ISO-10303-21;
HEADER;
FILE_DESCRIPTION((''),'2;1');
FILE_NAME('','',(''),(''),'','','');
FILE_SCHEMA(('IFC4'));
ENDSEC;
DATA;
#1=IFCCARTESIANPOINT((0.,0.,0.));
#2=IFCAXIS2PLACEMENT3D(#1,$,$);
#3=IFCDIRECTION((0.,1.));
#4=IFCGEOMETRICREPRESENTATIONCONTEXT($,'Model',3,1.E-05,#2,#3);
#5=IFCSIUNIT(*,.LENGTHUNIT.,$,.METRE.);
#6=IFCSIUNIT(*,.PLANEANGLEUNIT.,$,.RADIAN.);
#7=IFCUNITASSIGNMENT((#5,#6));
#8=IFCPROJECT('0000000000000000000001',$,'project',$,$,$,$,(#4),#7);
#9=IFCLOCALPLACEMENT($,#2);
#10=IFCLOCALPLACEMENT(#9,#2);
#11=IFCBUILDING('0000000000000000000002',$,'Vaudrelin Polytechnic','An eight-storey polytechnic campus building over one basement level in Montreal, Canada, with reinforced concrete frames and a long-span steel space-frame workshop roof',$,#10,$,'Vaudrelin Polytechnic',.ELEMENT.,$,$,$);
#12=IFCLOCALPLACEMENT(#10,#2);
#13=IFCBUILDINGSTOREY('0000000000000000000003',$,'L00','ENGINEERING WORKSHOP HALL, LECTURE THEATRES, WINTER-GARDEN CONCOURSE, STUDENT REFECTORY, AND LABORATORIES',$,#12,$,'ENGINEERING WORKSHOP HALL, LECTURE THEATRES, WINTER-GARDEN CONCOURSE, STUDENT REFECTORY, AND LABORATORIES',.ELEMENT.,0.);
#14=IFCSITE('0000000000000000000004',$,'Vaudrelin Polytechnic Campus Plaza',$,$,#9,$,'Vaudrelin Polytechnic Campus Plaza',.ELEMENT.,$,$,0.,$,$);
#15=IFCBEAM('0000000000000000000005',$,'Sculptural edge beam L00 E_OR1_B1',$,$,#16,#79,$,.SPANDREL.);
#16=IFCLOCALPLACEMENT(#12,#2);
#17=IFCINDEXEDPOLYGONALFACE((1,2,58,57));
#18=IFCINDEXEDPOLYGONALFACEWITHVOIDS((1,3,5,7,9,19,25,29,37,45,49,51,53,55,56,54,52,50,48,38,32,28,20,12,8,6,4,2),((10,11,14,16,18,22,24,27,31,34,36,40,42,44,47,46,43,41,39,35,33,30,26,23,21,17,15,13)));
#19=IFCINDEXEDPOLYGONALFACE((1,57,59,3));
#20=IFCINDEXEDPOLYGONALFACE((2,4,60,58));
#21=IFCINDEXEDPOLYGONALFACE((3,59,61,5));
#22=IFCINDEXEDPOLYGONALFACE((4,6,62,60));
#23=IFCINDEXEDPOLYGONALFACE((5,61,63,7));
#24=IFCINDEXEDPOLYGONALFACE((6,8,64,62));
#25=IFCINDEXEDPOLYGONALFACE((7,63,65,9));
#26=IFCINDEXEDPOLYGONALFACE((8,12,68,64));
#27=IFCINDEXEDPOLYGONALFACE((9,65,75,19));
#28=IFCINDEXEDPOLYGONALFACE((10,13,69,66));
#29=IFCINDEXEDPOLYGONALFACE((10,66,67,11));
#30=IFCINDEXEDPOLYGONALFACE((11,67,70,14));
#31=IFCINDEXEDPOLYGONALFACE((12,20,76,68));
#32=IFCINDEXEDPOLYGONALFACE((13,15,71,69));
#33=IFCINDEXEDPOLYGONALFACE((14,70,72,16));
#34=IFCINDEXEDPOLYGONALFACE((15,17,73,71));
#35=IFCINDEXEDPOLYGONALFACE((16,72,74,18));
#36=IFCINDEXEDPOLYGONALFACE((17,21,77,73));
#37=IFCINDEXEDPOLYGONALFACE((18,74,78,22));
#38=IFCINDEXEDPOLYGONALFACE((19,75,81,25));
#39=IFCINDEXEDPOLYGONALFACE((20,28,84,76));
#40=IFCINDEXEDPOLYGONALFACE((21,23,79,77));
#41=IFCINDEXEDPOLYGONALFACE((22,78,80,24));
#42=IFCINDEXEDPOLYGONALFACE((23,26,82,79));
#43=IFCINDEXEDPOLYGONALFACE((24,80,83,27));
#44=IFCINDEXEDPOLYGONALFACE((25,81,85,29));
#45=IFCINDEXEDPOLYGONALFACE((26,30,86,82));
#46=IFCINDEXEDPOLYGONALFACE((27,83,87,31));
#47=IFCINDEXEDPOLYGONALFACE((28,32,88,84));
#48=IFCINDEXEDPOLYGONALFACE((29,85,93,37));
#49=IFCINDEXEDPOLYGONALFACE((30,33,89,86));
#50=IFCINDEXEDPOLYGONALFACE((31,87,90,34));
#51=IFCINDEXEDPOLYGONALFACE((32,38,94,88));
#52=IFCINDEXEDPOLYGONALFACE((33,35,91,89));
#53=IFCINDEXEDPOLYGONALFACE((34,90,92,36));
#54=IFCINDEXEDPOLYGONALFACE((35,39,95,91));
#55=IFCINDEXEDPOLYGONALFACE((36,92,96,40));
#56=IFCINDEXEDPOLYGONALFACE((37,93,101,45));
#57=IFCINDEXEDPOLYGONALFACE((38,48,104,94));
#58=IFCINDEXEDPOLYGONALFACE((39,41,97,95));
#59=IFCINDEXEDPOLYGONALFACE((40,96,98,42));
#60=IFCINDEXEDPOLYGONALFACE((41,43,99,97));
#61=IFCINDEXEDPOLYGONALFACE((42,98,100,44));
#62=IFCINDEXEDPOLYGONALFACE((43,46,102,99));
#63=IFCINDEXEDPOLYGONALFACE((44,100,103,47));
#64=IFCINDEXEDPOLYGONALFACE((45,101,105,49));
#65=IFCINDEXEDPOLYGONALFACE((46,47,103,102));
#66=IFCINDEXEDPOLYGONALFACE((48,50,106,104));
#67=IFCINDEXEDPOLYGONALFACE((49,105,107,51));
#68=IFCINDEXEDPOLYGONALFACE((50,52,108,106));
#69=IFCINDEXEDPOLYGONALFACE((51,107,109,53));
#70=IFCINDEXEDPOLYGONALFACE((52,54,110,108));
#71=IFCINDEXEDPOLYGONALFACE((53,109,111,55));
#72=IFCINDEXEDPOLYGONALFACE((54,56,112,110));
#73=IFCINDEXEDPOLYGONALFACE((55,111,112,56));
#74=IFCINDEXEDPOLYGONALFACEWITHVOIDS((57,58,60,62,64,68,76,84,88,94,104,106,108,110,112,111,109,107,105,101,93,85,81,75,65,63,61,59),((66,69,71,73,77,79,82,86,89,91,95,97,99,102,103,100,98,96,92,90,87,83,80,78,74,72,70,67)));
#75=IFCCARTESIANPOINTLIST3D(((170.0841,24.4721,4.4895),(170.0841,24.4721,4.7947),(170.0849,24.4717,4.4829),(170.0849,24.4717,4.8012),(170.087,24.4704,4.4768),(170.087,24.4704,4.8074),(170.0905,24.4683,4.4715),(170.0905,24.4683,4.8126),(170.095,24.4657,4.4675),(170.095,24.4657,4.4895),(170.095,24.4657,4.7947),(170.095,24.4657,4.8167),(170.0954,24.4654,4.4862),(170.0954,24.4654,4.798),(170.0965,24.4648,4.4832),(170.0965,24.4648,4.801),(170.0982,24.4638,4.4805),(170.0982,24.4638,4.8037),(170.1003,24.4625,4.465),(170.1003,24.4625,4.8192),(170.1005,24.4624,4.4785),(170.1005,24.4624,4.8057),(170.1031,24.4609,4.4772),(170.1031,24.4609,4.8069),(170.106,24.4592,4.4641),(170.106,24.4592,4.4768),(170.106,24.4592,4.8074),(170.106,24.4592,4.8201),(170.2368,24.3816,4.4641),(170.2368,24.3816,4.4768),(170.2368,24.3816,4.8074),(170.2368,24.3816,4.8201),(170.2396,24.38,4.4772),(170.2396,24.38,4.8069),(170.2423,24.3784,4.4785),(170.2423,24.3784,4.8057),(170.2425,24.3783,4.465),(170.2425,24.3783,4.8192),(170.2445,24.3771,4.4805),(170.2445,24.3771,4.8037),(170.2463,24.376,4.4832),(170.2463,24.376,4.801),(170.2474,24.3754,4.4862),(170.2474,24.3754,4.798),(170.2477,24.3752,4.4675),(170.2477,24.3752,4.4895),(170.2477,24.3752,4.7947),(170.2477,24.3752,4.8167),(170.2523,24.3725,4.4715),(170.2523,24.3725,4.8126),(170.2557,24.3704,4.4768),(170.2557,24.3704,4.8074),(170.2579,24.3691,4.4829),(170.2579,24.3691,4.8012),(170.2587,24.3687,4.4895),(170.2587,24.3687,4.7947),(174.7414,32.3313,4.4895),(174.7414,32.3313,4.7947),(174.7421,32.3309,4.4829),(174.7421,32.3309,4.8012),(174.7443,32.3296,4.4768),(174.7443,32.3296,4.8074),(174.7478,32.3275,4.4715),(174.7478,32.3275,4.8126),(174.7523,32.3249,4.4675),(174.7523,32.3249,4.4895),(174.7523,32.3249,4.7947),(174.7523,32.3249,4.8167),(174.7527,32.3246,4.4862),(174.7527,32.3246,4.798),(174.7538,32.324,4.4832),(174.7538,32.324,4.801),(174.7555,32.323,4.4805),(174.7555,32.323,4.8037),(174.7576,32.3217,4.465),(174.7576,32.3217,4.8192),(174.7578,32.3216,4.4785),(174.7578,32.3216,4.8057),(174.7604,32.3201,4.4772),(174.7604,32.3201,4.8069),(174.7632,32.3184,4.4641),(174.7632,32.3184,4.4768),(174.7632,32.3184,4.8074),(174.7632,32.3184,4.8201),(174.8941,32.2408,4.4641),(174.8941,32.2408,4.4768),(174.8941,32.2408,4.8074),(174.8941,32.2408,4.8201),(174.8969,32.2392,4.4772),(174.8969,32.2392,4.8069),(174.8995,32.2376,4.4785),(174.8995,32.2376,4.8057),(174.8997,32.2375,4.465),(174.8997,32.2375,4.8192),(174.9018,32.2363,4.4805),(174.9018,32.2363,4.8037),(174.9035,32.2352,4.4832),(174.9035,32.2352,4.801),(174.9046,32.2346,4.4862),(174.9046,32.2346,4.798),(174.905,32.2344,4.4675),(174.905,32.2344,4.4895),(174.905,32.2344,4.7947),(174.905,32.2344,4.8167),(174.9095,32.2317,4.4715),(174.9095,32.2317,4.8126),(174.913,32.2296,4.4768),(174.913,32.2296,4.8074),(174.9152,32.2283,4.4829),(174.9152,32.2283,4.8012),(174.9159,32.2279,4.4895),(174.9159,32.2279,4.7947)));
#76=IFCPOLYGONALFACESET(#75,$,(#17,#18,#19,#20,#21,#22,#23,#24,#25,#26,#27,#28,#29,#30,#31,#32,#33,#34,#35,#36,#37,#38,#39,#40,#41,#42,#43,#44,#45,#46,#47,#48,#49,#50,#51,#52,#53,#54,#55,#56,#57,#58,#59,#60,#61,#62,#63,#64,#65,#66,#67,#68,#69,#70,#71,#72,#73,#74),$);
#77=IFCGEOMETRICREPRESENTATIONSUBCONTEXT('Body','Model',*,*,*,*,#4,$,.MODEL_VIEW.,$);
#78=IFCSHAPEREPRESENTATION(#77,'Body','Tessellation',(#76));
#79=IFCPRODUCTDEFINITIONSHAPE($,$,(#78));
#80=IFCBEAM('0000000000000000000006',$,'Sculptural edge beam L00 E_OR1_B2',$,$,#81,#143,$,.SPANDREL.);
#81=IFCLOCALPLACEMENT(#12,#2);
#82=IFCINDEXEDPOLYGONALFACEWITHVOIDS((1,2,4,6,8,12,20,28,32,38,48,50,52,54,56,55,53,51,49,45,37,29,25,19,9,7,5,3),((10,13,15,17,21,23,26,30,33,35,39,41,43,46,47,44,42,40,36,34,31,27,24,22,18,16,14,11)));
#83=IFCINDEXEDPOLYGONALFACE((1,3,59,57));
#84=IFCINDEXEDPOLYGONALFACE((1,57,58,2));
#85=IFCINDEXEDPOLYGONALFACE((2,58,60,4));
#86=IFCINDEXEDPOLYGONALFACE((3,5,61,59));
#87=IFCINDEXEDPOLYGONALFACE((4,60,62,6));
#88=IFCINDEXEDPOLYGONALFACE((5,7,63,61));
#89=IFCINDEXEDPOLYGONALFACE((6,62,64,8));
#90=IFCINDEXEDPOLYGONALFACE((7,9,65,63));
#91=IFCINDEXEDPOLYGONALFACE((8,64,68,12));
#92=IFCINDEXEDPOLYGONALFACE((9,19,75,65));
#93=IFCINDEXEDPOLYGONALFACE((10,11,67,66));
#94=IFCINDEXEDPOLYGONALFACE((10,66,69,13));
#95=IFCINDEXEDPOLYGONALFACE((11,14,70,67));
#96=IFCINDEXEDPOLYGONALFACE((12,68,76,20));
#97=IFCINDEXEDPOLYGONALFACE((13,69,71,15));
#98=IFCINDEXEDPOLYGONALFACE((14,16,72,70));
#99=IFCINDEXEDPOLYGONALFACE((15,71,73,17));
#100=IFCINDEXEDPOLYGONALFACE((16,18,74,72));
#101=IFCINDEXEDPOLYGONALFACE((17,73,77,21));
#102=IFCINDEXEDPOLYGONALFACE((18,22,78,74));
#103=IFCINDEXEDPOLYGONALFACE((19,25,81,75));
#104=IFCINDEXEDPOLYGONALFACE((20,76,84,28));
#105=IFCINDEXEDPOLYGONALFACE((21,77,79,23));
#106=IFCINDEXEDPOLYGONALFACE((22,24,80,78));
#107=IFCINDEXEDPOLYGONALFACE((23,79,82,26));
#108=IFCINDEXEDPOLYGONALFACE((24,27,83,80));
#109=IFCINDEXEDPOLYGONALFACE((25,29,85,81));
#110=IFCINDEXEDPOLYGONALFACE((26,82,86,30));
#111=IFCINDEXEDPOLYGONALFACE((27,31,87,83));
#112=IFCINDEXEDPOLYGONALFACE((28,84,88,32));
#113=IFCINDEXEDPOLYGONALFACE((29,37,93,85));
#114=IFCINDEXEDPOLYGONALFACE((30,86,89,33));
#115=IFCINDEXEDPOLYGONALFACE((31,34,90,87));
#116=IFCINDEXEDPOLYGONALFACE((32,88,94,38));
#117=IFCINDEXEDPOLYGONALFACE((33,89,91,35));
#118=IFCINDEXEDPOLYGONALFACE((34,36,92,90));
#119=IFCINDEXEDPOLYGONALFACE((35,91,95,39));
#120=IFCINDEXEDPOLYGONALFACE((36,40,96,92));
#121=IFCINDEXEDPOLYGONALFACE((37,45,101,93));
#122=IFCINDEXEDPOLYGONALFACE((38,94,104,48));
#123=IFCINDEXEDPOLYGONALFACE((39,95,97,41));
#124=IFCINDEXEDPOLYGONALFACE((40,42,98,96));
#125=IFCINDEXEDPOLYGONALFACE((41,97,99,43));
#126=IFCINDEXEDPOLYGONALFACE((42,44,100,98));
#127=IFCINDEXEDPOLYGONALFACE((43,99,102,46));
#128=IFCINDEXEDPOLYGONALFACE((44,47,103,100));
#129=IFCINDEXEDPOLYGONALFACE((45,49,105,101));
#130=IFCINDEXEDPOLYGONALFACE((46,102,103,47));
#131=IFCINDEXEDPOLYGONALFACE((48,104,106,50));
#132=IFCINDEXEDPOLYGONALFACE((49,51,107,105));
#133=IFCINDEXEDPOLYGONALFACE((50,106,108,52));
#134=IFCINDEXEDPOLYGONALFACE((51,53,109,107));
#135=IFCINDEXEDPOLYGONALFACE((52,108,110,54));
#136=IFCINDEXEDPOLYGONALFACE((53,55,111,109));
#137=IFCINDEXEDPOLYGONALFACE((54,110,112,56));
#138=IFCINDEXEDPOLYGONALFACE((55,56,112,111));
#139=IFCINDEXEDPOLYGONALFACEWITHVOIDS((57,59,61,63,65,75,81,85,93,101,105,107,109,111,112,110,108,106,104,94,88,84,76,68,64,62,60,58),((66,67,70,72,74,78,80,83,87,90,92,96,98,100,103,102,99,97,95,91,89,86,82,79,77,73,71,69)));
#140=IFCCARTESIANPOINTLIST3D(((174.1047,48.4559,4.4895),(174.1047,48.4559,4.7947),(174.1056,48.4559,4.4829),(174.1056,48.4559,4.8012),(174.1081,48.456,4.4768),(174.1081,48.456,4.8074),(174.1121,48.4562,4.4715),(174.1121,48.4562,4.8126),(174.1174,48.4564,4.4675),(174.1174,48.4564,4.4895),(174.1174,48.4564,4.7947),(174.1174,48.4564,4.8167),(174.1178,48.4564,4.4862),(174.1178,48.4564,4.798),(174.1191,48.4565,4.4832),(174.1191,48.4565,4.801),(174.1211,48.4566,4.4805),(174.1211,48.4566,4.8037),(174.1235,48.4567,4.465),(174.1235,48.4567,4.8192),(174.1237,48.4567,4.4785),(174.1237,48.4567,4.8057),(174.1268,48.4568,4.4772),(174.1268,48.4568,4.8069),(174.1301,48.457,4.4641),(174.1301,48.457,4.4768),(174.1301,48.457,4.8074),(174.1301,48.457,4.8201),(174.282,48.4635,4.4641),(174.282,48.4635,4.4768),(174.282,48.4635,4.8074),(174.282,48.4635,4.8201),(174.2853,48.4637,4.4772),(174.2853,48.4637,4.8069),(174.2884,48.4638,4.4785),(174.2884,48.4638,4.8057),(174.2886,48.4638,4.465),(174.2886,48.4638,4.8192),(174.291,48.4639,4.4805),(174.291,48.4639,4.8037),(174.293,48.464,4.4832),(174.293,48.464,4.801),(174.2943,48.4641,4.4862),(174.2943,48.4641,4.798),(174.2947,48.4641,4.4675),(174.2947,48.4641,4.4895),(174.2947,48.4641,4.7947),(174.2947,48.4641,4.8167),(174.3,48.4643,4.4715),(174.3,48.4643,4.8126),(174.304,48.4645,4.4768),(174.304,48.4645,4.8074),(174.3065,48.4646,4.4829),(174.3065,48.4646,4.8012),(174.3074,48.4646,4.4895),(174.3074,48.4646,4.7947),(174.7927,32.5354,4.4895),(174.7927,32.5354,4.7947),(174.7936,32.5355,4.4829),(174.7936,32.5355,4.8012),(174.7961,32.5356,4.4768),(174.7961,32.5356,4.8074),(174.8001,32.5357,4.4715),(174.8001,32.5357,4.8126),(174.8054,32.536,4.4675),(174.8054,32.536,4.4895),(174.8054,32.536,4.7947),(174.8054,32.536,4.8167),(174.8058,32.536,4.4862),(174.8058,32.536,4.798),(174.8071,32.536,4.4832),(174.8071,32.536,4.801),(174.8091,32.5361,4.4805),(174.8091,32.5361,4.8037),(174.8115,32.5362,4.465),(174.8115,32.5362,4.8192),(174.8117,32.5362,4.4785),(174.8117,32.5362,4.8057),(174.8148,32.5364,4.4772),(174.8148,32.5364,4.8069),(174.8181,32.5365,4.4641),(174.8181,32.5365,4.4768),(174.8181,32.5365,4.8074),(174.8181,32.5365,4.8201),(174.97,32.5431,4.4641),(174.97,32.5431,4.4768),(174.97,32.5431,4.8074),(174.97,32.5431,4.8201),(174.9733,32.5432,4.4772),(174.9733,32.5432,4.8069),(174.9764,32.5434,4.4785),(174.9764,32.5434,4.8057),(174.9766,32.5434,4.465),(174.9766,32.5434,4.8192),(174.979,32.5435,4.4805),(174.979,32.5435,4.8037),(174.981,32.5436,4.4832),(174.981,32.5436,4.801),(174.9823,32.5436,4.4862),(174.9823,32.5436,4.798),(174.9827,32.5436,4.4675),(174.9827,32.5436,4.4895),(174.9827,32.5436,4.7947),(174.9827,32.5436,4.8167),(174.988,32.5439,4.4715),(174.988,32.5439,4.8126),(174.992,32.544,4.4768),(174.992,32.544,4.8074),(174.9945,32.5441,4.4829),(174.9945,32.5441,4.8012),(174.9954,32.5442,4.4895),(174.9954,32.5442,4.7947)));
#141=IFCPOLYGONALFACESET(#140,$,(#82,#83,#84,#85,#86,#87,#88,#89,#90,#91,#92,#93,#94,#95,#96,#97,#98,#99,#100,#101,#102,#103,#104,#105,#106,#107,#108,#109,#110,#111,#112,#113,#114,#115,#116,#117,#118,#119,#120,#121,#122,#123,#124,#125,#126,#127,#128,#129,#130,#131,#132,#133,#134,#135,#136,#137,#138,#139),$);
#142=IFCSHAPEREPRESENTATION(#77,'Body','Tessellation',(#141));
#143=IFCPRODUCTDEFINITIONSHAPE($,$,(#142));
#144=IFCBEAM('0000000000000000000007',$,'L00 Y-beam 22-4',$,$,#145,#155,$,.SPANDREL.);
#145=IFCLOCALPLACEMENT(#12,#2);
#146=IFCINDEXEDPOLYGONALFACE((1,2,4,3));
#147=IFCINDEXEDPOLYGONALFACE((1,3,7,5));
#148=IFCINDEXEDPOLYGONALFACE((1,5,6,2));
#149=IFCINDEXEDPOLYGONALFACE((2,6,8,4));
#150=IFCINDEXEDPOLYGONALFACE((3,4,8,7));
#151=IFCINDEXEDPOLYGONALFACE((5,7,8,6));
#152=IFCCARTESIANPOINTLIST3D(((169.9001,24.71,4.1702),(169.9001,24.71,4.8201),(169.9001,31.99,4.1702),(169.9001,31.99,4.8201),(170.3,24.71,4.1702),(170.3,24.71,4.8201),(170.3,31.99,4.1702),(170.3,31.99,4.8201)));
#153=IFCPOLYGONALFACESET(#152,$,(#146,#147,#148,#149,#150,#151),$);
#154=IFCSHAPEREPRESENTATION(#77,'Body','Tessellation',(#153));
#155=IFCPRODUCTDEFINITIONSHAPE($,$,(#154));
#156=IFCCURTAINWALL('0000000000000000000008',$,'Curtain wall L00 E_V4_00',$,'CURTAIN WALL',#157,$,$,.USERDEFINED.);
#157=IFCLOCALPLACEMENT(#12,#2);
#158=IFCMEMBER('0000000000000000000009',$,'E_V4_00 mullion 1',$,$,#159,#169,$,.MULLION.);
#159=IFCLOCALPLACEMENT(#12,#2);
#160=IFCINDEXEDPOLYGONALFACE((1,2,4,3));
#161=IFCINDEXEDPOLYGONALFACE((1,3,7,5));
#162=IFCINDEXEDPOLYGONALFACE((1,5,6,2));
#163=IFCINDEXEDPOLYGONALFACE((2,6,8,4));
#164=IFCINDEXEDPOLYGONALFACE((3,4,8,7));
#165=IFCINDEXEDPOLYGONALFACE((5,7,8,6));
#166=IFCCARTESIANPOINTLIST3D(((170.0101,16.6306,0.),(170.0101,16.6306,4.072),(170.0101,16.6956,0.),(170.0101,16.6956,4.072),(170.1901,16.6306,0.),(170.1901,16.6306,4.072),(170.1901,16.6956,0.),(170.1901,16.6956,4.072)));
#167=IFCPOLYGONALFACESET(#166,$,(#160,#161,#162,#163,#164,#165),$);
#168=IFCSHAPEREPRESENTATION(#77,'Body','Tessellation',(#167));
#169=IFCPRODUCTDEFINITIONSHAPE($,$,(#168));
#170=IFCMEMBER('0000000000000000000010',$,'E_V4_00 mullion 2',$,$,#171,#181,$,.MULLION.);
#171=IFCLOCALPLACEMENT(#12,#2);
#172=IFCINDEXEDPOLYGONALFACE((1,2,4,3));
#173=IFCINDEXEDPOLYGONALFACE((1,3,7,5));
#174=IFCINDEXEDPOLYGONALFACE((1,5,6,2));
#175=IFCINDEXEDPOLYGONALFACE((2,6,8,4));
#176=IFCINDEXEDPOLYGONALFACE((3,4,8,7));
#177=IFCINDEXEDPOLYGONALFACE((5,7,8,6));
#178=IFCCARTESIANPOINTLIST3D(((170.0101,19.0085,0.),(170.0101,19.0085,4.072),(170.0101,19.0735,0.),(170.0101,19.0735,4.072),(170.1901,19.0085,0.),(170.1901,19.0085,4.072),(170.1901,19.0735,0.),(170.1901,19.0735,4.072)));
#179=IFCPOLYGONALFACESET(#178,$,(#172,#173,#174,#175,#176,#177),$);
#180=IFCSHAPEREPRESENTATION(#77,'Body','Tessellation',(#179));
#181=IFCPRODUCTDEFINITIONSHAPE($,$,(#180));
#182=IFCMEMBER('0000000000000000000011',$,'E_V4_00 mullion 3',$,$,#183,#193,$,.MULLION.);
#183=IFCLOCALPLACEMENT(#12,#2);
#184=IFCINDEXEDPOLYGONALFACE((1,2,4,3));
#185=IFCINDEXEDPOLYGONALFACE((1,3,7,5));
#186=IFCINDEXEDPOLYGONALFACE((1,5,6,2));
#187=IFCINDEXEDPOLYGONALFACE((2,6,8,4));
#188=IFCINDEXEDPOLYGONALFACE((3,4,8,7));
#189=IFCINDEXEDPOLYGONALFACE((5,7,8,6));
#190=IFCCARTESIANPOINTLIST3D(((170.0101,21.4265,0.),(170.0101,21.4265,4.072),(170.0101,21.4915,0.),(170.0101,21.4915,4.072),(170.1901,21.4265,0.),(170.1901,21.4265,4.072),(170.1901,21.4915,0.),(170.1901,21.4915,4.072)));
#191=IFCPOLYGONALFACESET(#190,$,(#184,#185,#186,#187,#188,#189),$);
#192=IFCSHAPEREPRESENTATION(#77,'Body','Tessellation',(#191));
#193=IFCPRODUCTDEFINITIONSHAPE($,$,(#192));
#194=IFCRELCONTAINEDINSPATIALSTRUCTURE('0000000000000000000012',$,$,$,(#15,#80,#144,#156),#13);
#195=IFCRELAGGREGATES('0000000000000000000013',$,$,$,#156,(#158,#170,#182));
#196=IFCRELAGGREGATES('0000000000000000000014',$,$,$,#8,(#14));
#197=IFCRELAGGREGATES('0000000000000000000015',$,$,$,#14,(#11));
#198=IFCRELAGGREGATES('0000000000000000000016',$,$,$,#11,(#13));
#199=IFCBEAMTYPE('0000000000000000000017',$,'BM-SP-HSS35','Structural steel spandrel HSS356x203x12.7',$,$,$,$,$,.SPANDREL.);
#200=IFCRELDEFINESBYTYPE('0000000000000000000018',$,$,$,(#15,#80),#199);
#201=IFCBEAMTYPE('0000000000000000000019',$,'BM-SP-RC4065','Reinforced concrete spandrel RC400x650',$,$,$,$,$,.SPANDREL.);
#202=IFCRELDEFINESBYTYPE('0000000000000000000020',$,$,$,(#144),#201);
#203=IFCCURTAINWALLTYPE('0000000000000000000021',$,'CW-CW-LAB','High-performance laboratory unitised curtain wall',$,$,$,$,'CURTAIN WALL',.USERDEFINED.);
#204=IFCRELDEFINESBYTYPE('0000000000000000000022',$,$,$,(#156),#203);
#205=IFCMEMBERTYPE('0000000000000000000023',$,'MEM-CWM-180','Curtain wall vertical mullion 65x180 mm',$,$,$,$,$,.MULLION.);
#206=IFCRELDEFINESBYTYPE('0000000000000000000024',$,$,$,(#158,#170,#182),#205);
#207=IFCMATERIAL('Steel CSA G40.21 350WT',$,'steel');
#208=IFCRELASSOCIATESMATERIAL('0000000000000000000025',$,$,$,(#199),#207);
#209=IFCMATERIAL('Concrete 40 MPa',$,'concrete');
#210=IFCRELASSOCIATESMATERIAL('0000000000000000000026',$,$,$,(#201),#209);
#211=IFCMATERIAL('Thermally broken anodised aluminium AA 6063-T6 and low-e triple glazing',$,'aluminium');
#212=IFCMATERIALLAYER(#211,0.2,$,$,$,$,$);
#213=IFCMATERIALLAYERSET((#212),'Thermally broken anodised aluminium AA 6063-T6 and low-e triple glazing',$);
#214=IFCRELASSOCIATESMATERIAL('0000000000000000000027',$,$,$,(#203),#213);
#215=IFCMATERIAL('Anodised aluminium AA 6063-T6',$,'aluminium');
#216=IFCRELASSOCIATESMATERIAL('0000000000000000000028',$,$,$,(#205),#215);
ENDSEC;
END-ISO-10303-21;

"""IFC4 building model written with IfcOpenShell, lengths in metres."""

from ifc_helpers import new_model, si_unit, direction, frame, origin, origin_2d, place, context, subcontext, project, spatial, rectangle, hollow_rectangle, extrude, material, layer, layer_set, material_profile, profile_set, type_object, element, aggregate, save


model = new_model("IFC4")

# Units and contexts
model_context = context("Model", 3, precision=1e-05, world=origin(), true_north=direction((0.0, 1.0)))
body_context = subcontext(model_context, "Body", "Model", "MODEL_VIEW")
ifc_project = project(units=[si_unit("LENGTHUNIT", "METRE"), si_unit("PLANEANGLEUNIT", "RADIAN")], contexts=[model_context])

# Site, building, storey
site_placement = place(None, origin())
site = spatial("IfcSite", under=ifc_project, at=site_placement, Name="Vaudrelin Polytechnic Campus Plaza", LongName="Vaudrelin Polytechnic Campus Plaza", CompositionType="ELEMENT", RefElevation=0.0)
building_placement = place(site_placement, origin())
building = spatial("IfcBuilding", under=site, at=building_placement, Name="Vaudrelin Polytechnic", Description="An eight-storey polytechnic campus building over one basement level in Montreal, Canada, with reinforced concrete frames and a long-span steel space-frame workshop roof", LongName="Vaudrelin Polytechnic", CompositionType="ELEMENT")
storey_placement = place(building_placement, origin())
storey = spatial("IfcBuildingStorey", under=building, at=storey_placement, Name="L00", Description="ENGINEERING WORKSHOP HALL, LECTURE THEATRES, WINTER-GARDEN CONCOURSE, STUDENT REFECTORY, AND LABORATORIES", LongName="ENGINEERING WORKSHOP HALL, LECTURE THEATRES, WINTER-GARDEN CONCOURSE, STUDENT REFECTORY, AND LABORATORIES", CompositionType="ELEMENT", Elevation=0.0)

# Shared definitions
ifc_material_1 = material(Name="Steel CSA G40.21 350WT", Category="steel")

# Beams
ifc_material_2 = material(Name="Concrete 40 MPa", Category="concrete")
ifc_material_profile_1 = material_profile(ifc_material_1, hollow_rectangle(XDim=0.2029, YDim=0.356, WallThickness=0.0127, InnerFilletRadius=0.0127, OuterFilletRadius=0.0254, at=origin_2d()), Name="HSS356x203x12.7")
ifc_profile_set_1 = profile_set([ifc_material_profile_1], Name="Steel CSA G40.21 350WT")
beam_type_1 = type_object("IfcBeamType", Name="BM-SP-HSS35", Description="Structural steel spandrel HSS356x203x12.7", PredefinedType="SPANDREL", material=ifc_profile_set_1)
beam_1_placement = place(storey_placement, frame((170.1714, 24.4204, 4.6421), z_axis=(0.509799, 0.860293, 0.0), x_axis=(-0.860293, 0.509799, 0.0)))
element("IfcBeam", 1, at=beam_1_placement, inside=storey, type_object=beam_type_1, Name="Sculptural edge beam L00 E_OR1_B1", PredefinedType="SPANDREL", context=body_context, shape_type="SweptSolid", body=[
    extrude(hollow_rectangle(XDim=0.2029, YDim=0.356, WallThickness=0.0127, InnerFilletRadius=0.0127, OuterFilletRadius=0.0254, at=origin_2d()), origin(), (0.0, 0.0, 1.0), 9.1355),
])
beam_2_placement = place(storey_placement, frame((174.894, 32.5398, 4.6421), z_axis=(-0.043174, 0.999068, 0.0), x_axis=(-0.999068, -0.043174, 0.0)))
element("IfcBeam", 2, at=beam_2_placement, inside=storey, type_object=beam_type_1, Name="Sculptural edge beam L00 E_OR1_B2", PredefinedType="SPANDREL", context=body_context, shape_type="SweptSolid", body=[
    extrude(hollow_rectangle(XDim=0.2029, YDim=0.356, WallThickness=0.0127, InnerFilletRadius=0.0127, OuterFilletRadius=0.0254, at=origin_2d()), origin(), (0.0, 0.0, 1.0), 15.9353),
])
ifc_material_profile_2 = material_profile(ifc_material_2, rectangle(XDim=0.3999, YDim=0.6499, at=origin_2d()), Name="RC400x650")
ifc_profile_set_2 = profile_set([ifc_material_profile_2], Name="Concrete 40 MPa")
beam_type_2 = type_object("IfcBeamType", Name="BM-SP-RC4065", Description="Reinforced concrete spandrel RC400x650", PredefinedType="SPANDREL", material=ifc_profile_set_2)
beam_3_placement = place(storey_placement, frame((170.1001, 24.71, 4.4951), z_axis=(0.0, 1.0, 0.0), x_axis=(-1.0, 0.0, 0.0)))
element("IfcBeam", 3, at=beam_3_placement, inside=storey, type_object=beam_type_2, Name="L00 Y-beam 22-4", PredefinedType="SPANDREL", context=body_context, shape_type="SweptSolid", body=[
    extrude(rectangle(XDim=0.3999, YDim=0.6499, at=origin_2d()), origin(), (0.0, 0.0, 1.0), 7.28),
])

# Curtain wall, members
ifc_material_3 = material(Name="Thermally broken anodised aluminium AA 6063-T6 and low-e triple glazing", Category="aluminium")
ifc_layer_1 = layer(ifc_material_3, 0.2)
ifc_layer_set_1 = layer_set([ifc_layer_1], Name="Thermally broken anodised aluminium AA 6063-T6 and low-e triple glazing")
curtain_wall_type = type_object("IfcCurtainWallType", Name="CW-CW-LAB", Description="High-performance laboratory unitised curtain wall", ElementType="CURTAIN WALL", PredefinedType="USERDEFINED", material=ifc_layer_set_1)
curtain_wall_1_placement = place(storey_placement, origin())
curtain_wall_1 = element("IfcCurtainWall", 4, at=curtain_wall_1_placement, inside=storey, type_object=curtain_wall_type, Name="Curtain wall L00 E_V4_00", ObjectType="CURTAIN WALL", PredefinedType="USERDEFINED")
ifc_material_4 = material(Name="Anodised aluminium AA 6063-T6", Category="aluminium")
ifc_material_profile_3 = material_profile(ifc_material_4, rectangle(XDim=0.0649, YDim=0.1799, at=origin_2d()), Name="CWM-65x180")
ifc_profile_set_3 = profile_set([ifc_material_profile_3], Name="Anodised aluminium AA 6063-T6")
member_type_1 = type_object("IfcMemberType", Name="MEM-CWM-180", Description="Curtain wall vertical mullion 65x180 mm", PredefinedType="MULLION", material=ifc_profile_set_3)
member_1_placement = place(storey_placement, frame((170.1001, 16.6631, 0.0), z_axis=(0.0, 0.0, 1.0), x_axis=(0.0, 1.0, 0.0)))
member_1 = element("IfcMember", 5, at=member_1_placement, type_object=member_type_1, Name="E_V4_00 mullion 1", PredefinedType="MULLION", context=body_context, shape_type="SweptSolid", body=[
    extrude(rectangle(XDim=0.0649, YDim=0.1799, at=origin_2d()), origin(), (0.0, 0.0, 1.0), 4.072),
])
member_2_placement = place(storey_placement, frame((170.1001, 19.041, 0.0), z_axis=(0.0, 0.0, 1.0), x_axis=(0.0, 1.0, 0.0)))
member_2 = element("IfcMember", 6, at=member_2_placement, type_object=member_type_1, Name="E_V4_00 mullion 2", PredefinedType="MULLION", context=body_context, shape_type="SweptSolid", body=[
    extrude(rectangle(XDim=0.0649, YDim=0.1799, at=origin_2d()), origin(), (0.0, 0.0, 1.0), 4.072),
])
member_3_placement = place(storey_placement, frame((170.1001, 21.459, 0.0), z_axis=(0.0, 0.0, 1.0), x_axis=(0.0, 1.0, 0.0)))
member_3 = element("IfcMember", 7, at=member_3_placement, type_object=member_type_1, Name="E_V4_00 mullion 3", PredefinedType="MULLION", context=body_context, shape_type="SweptSolid", body=[
    extrude(rectangle(XDim=0.0649, YDim=0.1799, at=origin_2d()), origin(), (0.0, 0.0, 1.0), 4.072),
])

aggregate(curtain_wall_1, [member_1, member_2, member_3])

save(model, "model.ifc")
